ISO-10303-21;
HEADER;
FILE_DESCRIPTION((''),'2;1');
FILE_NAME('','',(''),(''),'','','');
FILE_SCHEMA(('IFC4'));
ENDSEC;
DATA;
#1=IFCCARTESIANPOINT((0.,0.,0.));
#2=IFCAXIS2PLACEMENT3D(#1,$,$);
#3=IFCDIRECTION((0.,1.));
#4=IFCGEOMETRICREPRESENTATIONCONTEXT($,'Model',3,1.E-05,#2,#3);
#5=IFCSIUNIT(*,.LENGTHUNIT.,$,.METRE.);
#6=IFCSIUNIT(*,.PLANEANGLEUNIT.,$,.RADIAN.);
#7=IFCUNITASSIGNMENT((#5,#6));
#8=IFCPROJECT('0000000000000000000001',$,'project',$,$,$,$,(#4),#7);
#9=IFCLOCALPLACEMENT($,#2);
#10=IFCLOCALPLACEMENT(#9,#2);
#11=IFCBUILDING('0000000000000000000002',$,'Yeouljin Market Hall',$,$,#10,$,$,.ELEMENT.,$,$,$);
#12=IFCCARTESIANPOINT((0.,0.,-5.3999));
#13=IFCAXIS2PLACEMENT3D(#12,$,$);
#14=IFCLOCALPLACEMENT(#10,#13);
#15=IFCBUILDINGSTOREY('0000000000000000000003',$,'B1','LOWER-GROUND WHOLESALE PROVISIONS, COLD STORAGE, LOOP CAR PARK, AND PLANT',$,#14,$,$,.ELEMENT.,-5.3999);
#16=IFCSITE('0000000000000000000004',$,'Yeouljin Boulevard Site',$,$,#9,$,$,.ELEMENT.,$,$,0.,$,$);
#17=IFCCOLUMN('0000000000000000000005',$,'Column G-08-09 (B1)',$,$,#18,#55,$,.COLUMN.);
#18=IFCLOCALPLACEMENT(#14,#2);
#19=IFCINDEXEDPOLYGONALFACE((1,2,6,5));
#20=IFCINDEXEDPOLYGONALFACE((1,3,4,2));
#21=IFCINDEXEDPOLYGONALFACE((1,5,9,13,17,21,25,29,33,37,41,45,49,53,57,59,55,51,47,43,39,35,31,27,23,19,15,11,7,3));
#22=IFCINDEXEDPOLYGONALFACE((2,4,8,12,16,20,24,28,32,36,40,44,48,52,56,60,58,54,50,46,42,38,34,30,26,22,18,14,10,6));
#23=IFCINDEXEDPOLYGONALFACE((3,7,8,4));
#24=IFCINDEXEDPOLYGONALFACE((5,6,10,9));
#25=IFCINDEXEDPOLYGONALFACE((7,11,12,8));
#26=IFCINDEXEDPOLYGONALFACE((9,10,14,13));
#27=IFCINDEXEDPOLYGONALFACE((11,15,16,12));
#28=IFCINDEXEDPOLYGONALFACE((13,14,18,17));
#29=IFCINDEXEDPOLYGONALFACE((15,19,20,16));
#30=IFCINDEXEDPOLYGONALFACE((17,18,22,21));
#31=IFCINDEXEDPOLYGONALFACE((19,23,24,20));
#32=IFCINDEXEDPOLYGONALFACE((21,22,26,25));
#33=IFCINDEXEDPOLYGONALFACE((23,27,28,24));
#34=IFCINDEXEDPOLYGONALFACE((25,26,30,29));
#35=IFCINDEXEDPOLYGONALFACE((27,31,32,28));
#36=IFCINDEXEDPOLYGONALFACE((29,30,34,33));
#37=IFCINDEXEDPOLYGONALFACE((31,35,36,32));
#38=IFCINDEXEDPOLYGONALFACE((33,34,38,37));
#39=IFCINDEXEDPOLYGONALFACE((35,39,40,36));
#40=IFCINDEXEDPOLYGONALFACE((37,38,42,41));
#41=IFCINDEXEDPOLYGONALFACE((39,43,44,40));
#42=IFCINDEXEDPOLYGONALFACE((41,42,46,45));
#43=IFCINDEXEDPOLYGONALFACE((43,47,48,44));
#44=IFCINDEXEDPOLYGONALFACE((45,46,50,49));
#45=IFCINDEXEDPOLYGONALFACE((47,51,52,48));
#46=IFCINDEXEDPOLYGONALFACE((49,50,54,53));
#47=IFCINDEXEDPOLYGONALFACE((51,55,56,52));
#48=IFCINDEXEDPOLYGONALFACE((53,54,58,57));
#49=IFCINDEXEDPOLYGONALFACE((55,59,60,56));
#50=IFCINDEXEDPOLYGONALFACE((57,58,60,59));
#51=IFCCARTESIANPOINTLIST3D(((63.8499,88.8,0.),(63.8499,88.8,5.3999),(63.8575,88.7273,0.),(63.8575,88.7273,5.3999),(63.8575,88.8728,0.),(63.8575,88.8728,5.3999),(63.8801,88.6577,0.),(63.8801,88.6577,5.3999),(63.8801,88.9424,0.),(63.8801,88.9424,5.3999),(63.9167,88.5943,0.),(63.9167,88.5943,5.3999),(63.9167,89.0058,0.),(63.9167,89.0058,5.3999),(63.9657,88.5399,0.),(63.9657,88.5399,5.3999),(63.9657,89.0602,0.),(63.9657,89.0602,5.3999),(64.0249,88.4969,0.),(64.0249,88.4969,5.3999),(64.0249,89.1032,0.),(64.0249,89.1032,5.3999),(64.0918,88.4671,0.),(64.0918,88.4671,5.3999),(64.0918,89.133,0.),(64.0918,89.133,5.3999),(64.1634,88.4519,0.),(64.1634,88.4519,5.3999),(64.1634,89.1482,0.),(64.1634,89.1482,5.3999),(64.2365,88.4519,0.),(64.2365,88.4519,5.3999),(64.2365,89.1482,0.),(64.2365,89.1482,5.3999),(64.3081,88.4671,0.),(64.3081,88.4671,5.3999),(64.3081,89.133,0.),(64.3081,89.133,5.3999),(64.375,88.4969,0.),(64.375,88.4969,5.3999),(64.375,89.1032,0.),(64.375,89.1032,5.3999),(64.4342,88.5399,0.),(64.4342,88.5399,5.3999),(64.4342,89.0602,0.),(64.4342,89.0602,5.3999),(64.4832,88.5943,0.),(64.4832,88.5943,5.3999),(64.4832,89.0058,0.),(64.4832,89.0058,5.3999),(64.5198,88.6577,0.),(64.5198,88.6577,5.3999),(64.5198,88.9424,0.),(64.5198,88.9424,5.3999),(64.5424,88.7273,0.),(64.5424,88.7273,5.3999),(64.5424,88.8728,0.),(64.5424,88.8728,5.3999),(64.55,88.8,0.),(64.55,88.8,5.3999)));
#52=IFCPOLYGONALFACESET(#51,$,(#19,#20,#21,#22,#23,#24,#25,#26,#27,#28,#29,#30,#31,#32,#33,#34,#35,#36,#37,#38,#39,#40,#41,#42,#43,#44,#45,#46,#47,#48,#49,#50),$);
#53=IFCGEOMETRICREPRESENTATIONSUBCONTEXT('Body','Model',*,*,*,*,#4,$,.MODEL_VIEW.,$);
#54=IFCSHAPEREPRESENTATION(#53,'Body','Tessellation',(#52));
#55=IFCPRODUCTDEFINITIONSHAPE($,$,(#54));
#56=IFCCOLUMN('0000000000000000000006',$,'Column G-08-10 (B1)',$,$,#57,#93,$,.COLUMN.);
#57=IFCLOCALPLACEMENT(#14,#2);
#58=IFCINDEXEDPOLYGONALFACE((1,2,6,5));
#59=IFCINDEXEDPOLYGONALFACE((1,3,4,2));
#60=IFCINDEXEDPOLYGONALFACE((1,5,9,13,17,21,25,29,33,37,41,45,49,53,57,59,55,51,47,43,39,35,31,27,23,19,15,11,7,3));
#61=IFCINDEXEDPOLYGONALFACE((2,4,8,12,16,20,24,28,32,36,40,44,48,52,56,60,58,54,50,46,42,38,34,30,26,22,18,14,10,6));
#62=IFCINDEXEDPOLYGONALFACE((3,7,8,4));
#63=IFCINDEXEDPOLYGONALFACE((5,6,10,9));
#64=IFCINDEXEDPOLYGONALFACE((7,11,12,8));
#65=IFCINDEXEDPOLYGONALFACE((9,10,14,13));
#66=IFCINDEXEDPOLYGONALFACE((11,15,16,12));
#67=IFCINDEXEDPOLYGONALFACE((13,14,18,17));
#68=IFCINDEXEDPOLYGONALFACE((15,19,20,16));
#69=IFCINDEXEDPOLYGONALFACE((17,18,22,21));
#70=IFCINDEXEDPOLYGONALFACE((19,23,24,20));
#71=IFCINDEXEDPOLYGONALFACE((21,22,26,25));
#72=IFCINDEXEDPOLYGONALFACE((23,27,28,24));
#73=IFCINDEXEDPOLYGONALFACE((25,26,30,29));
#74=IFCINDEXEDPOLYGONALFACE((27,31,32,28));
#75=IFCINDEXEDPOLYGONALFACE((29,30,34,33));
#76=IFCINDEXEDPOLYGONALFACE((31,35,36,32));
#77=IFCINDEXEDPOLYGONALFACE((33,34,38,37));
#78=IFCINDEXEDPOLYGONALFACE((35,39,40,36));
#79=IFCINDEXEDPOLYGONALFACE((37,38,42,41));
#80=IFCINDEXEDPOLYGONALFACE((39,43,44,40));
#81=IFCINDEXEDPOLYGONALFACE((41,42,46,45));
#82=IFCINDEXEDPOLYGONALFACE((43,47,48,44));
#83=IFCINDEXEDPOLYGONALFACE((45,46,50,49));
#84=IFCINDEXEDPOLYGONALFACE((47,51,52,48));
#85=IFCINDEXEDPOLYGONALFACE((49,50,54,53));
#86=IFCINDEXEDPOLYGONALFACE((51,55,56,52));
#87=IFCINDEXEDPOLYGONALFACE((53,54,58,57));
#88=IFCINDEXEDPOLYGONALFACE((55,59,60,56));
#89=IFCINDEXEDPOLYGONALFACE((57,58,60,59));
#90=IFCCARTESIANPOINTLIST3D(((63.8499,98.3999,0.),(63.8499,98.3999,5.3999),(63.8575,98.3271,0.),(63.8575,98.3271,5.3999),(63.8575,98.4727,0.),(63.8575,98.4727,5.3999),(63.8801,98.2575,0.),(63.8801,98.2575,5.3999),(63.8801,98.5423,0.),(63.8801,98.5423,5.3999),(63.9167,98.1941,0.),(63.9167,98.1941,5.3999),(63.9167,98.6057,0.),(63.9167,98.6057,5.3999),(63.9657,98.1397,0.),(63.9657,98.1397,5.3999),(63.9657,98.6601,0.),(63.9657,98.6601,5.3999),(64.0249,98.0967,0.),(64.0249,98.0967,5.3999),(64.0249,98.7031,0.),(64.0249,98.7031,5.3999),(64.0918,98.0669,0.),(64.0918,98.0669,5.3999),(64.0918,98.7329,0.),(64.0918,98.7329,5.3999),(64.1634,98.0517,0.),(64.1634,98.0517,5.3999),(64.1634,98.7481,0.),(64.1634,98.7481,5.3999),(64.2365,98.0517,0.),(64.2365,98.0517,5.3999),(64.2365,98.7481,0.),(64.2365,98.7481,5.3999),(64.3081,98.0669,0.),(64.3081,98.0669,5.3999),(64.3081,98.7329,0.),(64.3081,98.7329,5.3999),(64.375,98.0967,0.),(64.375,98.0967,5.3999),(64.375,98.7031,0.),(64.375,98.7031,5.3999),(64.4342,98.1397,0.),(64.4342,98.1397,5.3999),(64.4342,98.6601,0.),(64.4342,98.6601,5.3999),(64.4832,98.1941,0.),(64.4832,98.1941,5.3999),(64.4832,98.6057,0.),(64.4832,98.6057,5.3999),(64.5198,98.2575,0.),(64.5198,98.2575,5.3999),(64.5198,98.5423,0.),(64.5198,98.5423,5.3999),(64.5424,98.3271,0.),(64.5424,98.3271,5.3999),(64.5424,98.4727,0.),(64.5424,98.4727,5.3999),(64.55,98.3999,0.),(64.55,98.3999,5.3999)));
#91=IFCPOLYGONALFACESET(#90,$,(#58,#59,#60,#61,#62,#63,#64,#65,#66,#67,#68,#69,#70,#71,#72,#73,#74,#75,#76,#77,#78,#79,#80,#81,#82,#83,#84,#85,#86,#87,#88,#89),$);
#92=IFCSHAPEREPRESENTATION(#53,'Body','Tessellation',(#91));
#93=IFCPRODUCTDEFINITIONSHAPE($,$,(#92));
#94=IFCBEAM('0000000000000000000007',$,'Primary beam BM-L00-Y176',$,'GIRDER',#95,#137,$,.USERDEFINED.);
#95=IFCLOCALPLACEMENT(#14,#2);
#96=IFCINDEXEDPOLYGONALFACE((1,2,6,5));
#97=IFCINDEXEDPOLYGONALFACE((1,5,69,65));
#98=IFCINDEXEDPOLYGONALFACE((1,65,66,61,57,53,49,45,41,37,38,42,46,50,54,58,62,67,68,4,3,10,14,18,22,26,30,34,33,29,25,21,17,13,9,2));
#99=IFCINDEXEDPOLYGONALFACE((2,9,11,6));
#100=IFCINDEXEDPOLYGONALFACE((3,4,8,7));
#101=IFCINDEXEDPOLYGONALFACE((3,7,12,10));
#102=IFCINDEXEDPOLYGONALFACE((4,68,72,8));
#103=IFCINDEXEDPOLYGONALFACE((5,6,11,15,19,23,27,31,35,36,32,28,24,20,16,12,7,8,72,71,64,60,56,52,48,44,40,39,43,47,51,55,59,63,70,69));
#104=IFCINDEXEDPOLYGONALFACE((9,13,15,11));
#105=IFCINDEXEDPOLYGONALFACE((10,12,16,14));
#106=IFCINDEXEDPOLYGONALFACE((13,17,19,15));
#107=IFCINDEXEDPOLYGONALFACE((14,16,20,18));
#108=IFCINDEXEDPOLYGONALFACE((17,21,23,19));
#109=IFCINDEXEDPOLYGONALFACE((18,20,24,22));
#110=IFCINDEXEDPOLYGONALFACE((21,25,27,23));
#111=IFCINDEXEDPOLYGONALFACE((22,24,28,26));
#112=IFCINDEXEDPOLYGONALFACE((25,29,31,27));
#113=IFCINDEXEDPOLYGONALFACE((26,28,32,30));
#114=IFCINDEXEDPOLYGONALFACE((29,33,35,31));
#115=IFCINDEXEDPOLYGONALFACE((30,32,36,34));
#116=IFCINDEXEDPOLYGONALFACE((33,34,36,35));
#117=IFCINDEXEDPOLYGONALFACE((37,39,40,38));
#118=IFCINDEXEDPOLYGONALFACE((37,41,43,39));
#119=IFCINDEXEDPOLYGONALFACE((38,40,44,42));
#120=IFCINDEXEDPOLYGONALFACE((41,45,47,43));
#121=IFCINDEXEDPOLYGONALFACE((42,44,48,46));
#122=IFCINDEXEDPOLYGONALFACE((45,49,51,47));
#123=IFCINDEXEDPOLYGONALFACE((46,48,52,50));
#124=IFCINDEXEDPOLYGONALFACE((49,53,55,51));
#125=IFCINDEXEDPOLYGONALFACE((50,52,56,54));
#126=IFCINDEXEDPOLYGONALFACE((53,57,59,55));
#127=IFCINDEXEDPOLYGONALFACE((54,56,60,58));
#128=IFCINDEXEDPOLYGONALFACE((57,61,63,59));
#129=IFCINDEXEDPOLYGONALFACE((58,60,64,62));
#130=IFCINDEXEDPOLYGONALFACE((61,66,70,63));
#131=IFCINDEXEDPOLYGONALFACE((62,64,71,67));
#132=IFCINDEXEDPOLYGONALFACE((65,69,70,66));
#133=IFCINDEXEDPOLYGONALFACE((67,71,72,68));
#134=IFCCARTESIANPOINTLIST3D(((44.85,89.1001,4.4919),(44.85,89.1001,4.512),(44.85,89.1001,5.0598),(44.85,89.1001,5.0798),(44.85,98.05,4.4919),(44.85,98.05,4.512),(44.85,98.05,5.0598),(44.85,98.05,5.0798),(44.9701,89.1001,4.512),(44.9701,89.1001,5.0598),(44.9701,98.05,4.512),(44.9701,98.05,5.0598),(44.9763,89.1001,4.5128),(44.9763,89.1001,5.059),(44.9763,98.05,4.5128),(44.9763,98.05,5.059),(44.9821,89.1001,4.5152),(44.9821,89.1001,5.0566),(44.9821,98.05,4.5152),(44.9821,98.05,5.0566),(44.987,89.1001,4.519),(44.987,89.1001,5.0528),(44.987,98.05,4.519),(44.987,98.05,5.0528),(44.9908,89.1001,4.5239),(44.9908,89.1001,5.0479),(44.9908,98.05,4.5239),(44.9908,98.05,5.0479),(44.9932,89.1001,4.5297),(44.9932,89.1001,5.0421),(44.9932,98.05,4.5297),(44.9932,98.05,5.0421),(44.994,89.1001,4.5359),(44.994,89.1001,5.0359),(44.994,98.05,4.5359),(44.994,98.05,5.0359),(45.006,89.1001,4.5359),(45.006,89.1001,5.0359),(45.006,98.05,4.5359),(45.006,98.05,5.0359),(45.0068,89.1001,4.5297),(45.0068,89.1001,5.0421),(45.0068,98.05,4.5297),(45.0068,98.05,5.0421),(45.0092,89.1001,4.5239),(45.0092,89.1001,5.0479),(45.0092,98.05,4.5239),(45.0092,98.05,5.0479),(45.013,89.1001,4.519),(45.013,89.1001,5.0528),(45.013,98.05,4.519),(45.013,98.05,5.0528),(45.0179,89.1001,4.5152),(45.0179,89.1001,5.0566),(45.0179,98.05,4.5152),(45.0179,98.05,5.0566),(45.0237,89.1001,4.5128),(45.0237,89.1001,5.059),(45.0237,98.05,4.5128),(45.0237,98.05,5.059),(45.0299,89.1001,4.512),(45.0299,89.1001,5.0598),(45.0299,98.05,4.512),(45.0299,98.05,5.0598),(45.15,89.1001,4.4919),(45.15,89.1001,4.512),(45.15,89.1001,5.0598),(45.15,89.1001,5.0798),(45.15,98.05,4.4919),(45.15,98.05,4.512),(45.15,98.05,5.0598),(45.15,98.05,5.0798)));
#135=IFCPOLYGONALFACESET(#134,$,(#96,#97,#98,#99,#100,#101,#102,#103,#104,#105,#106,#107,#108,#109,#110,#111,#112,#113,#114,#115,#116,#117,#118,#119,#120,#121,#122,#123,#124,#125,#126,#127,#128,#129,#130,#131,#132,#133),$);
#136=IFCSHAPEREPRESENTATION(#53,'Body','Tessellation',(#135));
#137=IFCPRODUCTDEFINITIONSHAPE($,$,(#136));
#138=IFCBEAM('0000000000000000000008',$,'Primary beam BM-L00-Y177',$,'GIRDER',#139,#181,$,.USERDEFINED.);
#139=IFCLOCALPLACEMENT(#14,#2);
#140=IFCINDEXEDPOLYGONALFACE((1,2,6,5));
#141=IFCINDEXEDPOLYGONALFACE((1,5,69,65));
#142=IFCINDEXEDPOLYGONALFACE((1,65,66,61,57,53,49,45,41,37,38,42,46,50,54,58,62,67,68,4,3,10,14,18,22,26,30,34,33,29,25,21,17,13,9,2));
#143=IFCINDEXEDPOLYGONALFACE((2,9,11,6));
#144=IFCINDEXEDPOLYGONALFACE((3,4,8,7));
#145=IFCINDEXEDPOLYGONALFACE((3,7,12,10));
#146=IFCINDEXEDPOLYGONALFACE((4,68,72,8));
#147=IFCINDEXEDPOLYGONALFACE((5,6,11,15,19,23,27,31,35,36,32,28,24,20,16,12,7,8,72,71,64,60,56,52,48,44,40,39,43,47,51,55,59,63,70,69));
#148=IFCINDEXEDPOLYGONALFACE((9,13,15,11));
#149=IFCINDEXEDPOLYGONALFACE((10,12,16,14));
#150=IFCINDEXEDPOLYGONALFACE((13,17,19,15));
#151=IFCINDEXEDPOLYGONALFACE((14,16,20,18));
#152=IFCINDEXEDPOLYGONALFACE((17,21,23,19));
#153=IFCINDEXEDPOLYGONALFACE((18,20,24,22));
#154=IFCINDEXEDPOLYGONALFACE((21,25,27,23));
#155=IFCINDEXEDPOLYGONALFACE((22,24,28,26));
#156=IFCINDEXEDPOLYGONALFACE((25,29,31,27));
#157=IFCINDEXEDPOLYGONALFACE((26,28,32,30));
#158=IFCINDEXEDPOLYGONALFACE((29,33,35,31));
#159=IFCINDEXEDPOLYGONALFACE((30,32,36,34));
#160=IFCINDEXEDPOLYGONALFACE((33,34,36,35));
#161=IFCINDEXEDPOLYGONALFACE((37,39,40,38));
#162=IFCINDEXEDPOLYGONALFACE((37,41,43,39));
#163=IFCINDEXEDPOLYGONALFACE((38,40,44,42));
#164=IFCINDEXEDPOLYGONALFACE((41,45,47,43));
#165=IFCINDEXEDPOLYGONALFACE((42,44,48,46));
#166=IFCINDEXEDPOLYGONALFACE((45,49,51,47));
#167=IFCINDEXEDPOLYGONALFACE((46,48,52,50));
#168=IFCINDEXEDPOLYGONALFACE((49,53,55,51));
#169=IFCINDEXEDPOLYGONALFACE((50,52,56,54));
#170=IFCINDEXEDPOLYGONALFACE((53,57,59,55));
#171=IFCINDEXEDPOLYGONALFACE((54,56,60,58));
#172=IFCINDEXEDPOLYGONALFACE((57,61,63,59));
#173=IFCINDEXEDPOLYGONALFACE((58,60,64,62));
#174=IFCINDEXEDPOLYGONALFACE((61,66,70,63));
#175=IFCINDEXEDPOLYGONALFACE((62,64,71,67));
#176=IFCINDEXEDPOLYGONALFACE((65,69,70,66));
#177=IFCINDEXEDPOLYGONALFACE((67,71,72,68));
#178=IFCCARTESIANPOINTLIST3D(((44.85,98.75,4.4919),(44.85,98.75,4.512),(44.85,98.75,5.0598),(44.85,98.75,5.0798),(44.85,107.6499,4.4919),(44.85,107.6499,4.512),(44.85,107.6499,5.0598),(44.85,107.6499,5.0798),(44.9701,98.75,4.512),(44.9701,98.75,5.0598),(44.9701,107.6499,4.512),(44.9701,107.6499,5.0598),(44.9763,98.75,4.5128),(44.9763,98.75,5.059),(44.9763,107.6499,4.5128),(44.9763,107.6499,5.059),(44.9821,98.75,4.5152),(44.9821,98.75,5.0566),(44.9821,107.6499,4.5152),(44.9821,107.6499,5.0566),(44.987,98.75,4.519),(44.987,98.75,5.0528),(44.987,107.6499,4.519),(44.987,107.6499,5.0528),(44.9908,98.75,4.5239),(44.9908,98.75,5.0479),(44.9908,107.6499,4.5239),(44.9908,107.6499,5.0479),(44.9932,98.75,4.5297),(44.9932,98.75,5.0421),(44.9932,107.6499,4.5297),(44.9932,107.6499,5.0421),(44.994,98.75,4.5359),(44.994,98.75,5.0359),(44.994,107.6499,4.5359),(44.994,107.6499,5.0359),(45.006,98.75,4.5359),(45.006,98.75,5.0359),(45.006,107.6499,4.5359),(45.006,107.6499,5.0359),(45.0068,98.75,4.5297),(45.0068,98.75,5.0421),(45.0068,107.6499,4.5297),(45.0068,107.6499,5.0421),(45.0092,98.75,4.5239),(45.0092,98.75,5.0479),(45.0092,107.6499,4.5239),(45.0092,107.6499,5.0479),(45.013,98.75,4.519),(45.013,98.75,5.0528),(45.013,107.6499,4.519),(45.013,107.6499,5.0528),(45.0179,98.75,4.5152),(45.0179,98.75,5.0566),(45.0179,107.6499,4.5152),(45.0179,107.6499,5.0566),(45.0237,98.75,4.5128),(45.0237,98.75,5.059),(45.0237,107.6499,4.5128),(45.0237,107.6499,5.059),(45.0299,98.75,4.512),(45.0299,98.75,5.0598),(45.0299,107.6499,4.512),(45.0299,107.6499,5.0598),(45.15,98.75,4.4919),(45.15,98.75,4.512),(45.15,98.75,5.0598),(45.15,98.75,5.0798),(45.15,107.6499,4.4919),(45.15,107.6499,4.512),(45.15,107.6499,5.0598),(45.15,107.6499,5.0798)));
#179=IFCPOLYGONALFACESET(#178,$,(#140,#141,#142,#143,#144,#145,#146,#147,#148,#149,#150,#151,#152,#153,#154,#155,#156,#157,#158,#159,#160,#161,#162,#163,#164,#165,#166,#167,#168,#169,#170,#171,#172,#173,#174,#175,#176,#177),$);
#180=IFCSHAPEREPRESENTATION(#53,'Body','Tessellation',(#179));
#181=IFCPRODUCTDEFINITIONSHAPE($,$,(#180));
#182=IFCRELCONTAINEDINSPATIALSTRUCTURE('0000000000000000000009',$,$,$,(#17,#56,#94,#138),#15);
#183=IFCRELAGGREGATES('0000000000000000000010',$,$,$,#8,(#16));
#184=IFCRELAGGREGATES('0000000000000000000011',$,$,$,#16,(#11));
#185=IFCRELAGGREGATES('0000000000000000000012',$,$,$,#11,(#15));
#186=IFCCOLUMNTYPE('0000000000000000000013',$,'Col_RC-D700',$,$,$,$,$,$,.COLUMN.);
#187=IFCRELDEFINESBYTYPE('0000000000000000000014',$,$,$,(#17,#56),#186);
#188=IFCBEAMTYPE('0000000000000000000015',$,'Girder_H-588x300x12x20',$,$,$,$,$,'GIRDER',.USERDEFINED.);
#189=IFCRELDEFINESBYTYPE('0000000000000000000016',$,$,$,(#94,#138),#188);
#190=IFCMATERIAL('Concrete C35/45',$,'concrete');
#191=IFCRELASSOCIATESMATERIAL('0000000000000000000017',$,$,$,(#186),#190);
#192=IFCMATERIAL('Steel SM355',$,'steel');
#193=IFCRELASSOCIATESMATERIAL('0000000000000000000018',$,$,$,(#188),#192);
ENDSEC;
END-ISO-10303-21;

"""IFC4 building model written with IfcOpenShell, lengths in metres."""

from ifc_helpers import new_model, si_unit, direction, frame, origin, origin_2d, place, context, subcontext, project, spatial, circle, i_section, extrude, material, material_profile, profile_set, type_object, element, save


model = new_model("IFC4")

# Units and contexts
model_context = context("Model", 3, precision=1e-05, world=origin(), true_north=direction((0.0, 1.0)))
body_context = subcontext(model_context, "Body", "Model", "MODEL_VIEW")
ifc_project = project(units=[si_unit("LENGTHUNIT", "METRE"), si_unit("PLANEANGLEUNIT", "RADIAN")], contexts=[model_context])

# Site, building, storey
site_placement = place(None, origin())
site = spatial("IfcSite", under=ifc_project, at=site_placement, Name="Yeouljin Boulevard Site", CompositionType="ELEMENT", RefElevation=0.0)
building_placement = place(site_placement, origin())
building = spatial("IfcBuilding", under=site, at=building_placement, Name="Yeouljin Market Hall", CompositionType="ELEMENT")
storey_placement = place(building_placement, frame((0.0, 0.0, -5.3999)))
storey = spatial("IfcBuildingStorey", under=building, at=storey_placement, Name="B1", Description="LOWER-GROUND WHOLESALE PROVISIONS, COLD STORAGE, LOOP CAR PARK, AND PLANT", CompositionType="ELEMENT", Elevation=-5.3999)

# Columns
ifc_material_1 = material(Name="Concrete C35/45", Category="concrete")
ifc_material_profile_1 = material_profile(ifc_material_1, circle(Radius=0.3501, at=origin_2d()), Name="RC-D700")
ifc_profile_set_1 = profile_set([ifc_material_profile_1], Name="Concrete C35/45")
column_type_1 = type_object("IfcColumnType", Name="Col_RC-D700", PredefinedType="COLUMN", material=ifc_profile_set_1)
for number, where, z_axis, x_axis, name in (
    (1, (64.2, 88.8, 0.0), (0.0, 0.0, 1.0), (1.0, 0.0, 0.0), "Column G-08-09 (B1)"),
    (2, (64.2, 98.3999, 0.0), (0.0, 0.0, 1.0), (1.0, 0.0, 0.0), "Column G-08-10 (B1)"),
):
    element("IfcColumn", number, at=place(storey_placement, frame(where, z_axis=z_axis, x_axis=x_axis)), inside=storey, type_object=column_type_1, Name=name, PredefinedType="COLUMN", context=body_context, shape_type="SweptSolid", body=[
        extrude(circle(Radius=0.3501, at=origin_2d()), origin(), (0.0, 0.0, 1.0), 5.3999),
    ])

# Beams
ifc_material_2 = material(Name="Steel SM355", Category="steel")
ifc_material_profile_2 = material_profile(ifc_material_2, i_section(OverallWidth=0.3, OverallDepth=0.5879, WebThickness=0.012, FlangeThickness=0.02, FilletRadius=0.0239, at=origin_2d()), Name="H-588x300x12x20")
ifc_profile_set_2 = profile_set([ifc_material_profile_2], Name="Steel SM355")
beam_type_1 = type_object("IfcBeamType", Name="Girder_H-588x300x12x20", ElementType="GIRDER", PredefinedType="USERDEFINED", material=ifc_profile_set_2)
beam_1_placement = place(storey_placement, frame((45.0, 89.1001, 4.7859), z_axis=(0.0, 1.0, 0.0), x_axis=(-1.0, 0.0, 0.0)))
element("IfcBeam", 3, at=beam_1_placement, inside=storey, type_object=beam_type_1, Name="Primary beam BM-L00-Y176", ObjectType="GIRDER", PredefinedType="USERDEFINED", context=body_context, shape_type="SweptSolid", body=[
    extrude(i_section(OverallWidth=0.3, OverallDepth=0.5879, WebThickness=0.012, FlangeThickness=0.02, FilletRadius=0.0239, at=origin_2d()), origin(), (0.0, 0.0, 1.0), 8.95),
])
beam_2_placement = place(storey_placement, frame((45.0, 98.75, 4.7859), z_axis=(0.0, 1.0, 0.0), x_axis=(-1.0, 0.0, 0.0)))
element("IfcBeam", 4, at=beam_2_placement, inside=storey, type_object=beam_type_1, Name="Primary beam BM-L00-Y177", ObjectType="GIRDER", PredefinedType="USERDEFINED", context=body_context, shape_type="SweptSolid", body=[
    extrude(i_section(OverallWidth=0.3, OverallDepth=0.5879, WebThickness=0.012, FlangeThickness=0.02, FilletRadius=0.0239, at=origin_2d()), origin(), (0.0, 0.0, 1.0), 8.8999),
])

save(model, "model.ifc")
